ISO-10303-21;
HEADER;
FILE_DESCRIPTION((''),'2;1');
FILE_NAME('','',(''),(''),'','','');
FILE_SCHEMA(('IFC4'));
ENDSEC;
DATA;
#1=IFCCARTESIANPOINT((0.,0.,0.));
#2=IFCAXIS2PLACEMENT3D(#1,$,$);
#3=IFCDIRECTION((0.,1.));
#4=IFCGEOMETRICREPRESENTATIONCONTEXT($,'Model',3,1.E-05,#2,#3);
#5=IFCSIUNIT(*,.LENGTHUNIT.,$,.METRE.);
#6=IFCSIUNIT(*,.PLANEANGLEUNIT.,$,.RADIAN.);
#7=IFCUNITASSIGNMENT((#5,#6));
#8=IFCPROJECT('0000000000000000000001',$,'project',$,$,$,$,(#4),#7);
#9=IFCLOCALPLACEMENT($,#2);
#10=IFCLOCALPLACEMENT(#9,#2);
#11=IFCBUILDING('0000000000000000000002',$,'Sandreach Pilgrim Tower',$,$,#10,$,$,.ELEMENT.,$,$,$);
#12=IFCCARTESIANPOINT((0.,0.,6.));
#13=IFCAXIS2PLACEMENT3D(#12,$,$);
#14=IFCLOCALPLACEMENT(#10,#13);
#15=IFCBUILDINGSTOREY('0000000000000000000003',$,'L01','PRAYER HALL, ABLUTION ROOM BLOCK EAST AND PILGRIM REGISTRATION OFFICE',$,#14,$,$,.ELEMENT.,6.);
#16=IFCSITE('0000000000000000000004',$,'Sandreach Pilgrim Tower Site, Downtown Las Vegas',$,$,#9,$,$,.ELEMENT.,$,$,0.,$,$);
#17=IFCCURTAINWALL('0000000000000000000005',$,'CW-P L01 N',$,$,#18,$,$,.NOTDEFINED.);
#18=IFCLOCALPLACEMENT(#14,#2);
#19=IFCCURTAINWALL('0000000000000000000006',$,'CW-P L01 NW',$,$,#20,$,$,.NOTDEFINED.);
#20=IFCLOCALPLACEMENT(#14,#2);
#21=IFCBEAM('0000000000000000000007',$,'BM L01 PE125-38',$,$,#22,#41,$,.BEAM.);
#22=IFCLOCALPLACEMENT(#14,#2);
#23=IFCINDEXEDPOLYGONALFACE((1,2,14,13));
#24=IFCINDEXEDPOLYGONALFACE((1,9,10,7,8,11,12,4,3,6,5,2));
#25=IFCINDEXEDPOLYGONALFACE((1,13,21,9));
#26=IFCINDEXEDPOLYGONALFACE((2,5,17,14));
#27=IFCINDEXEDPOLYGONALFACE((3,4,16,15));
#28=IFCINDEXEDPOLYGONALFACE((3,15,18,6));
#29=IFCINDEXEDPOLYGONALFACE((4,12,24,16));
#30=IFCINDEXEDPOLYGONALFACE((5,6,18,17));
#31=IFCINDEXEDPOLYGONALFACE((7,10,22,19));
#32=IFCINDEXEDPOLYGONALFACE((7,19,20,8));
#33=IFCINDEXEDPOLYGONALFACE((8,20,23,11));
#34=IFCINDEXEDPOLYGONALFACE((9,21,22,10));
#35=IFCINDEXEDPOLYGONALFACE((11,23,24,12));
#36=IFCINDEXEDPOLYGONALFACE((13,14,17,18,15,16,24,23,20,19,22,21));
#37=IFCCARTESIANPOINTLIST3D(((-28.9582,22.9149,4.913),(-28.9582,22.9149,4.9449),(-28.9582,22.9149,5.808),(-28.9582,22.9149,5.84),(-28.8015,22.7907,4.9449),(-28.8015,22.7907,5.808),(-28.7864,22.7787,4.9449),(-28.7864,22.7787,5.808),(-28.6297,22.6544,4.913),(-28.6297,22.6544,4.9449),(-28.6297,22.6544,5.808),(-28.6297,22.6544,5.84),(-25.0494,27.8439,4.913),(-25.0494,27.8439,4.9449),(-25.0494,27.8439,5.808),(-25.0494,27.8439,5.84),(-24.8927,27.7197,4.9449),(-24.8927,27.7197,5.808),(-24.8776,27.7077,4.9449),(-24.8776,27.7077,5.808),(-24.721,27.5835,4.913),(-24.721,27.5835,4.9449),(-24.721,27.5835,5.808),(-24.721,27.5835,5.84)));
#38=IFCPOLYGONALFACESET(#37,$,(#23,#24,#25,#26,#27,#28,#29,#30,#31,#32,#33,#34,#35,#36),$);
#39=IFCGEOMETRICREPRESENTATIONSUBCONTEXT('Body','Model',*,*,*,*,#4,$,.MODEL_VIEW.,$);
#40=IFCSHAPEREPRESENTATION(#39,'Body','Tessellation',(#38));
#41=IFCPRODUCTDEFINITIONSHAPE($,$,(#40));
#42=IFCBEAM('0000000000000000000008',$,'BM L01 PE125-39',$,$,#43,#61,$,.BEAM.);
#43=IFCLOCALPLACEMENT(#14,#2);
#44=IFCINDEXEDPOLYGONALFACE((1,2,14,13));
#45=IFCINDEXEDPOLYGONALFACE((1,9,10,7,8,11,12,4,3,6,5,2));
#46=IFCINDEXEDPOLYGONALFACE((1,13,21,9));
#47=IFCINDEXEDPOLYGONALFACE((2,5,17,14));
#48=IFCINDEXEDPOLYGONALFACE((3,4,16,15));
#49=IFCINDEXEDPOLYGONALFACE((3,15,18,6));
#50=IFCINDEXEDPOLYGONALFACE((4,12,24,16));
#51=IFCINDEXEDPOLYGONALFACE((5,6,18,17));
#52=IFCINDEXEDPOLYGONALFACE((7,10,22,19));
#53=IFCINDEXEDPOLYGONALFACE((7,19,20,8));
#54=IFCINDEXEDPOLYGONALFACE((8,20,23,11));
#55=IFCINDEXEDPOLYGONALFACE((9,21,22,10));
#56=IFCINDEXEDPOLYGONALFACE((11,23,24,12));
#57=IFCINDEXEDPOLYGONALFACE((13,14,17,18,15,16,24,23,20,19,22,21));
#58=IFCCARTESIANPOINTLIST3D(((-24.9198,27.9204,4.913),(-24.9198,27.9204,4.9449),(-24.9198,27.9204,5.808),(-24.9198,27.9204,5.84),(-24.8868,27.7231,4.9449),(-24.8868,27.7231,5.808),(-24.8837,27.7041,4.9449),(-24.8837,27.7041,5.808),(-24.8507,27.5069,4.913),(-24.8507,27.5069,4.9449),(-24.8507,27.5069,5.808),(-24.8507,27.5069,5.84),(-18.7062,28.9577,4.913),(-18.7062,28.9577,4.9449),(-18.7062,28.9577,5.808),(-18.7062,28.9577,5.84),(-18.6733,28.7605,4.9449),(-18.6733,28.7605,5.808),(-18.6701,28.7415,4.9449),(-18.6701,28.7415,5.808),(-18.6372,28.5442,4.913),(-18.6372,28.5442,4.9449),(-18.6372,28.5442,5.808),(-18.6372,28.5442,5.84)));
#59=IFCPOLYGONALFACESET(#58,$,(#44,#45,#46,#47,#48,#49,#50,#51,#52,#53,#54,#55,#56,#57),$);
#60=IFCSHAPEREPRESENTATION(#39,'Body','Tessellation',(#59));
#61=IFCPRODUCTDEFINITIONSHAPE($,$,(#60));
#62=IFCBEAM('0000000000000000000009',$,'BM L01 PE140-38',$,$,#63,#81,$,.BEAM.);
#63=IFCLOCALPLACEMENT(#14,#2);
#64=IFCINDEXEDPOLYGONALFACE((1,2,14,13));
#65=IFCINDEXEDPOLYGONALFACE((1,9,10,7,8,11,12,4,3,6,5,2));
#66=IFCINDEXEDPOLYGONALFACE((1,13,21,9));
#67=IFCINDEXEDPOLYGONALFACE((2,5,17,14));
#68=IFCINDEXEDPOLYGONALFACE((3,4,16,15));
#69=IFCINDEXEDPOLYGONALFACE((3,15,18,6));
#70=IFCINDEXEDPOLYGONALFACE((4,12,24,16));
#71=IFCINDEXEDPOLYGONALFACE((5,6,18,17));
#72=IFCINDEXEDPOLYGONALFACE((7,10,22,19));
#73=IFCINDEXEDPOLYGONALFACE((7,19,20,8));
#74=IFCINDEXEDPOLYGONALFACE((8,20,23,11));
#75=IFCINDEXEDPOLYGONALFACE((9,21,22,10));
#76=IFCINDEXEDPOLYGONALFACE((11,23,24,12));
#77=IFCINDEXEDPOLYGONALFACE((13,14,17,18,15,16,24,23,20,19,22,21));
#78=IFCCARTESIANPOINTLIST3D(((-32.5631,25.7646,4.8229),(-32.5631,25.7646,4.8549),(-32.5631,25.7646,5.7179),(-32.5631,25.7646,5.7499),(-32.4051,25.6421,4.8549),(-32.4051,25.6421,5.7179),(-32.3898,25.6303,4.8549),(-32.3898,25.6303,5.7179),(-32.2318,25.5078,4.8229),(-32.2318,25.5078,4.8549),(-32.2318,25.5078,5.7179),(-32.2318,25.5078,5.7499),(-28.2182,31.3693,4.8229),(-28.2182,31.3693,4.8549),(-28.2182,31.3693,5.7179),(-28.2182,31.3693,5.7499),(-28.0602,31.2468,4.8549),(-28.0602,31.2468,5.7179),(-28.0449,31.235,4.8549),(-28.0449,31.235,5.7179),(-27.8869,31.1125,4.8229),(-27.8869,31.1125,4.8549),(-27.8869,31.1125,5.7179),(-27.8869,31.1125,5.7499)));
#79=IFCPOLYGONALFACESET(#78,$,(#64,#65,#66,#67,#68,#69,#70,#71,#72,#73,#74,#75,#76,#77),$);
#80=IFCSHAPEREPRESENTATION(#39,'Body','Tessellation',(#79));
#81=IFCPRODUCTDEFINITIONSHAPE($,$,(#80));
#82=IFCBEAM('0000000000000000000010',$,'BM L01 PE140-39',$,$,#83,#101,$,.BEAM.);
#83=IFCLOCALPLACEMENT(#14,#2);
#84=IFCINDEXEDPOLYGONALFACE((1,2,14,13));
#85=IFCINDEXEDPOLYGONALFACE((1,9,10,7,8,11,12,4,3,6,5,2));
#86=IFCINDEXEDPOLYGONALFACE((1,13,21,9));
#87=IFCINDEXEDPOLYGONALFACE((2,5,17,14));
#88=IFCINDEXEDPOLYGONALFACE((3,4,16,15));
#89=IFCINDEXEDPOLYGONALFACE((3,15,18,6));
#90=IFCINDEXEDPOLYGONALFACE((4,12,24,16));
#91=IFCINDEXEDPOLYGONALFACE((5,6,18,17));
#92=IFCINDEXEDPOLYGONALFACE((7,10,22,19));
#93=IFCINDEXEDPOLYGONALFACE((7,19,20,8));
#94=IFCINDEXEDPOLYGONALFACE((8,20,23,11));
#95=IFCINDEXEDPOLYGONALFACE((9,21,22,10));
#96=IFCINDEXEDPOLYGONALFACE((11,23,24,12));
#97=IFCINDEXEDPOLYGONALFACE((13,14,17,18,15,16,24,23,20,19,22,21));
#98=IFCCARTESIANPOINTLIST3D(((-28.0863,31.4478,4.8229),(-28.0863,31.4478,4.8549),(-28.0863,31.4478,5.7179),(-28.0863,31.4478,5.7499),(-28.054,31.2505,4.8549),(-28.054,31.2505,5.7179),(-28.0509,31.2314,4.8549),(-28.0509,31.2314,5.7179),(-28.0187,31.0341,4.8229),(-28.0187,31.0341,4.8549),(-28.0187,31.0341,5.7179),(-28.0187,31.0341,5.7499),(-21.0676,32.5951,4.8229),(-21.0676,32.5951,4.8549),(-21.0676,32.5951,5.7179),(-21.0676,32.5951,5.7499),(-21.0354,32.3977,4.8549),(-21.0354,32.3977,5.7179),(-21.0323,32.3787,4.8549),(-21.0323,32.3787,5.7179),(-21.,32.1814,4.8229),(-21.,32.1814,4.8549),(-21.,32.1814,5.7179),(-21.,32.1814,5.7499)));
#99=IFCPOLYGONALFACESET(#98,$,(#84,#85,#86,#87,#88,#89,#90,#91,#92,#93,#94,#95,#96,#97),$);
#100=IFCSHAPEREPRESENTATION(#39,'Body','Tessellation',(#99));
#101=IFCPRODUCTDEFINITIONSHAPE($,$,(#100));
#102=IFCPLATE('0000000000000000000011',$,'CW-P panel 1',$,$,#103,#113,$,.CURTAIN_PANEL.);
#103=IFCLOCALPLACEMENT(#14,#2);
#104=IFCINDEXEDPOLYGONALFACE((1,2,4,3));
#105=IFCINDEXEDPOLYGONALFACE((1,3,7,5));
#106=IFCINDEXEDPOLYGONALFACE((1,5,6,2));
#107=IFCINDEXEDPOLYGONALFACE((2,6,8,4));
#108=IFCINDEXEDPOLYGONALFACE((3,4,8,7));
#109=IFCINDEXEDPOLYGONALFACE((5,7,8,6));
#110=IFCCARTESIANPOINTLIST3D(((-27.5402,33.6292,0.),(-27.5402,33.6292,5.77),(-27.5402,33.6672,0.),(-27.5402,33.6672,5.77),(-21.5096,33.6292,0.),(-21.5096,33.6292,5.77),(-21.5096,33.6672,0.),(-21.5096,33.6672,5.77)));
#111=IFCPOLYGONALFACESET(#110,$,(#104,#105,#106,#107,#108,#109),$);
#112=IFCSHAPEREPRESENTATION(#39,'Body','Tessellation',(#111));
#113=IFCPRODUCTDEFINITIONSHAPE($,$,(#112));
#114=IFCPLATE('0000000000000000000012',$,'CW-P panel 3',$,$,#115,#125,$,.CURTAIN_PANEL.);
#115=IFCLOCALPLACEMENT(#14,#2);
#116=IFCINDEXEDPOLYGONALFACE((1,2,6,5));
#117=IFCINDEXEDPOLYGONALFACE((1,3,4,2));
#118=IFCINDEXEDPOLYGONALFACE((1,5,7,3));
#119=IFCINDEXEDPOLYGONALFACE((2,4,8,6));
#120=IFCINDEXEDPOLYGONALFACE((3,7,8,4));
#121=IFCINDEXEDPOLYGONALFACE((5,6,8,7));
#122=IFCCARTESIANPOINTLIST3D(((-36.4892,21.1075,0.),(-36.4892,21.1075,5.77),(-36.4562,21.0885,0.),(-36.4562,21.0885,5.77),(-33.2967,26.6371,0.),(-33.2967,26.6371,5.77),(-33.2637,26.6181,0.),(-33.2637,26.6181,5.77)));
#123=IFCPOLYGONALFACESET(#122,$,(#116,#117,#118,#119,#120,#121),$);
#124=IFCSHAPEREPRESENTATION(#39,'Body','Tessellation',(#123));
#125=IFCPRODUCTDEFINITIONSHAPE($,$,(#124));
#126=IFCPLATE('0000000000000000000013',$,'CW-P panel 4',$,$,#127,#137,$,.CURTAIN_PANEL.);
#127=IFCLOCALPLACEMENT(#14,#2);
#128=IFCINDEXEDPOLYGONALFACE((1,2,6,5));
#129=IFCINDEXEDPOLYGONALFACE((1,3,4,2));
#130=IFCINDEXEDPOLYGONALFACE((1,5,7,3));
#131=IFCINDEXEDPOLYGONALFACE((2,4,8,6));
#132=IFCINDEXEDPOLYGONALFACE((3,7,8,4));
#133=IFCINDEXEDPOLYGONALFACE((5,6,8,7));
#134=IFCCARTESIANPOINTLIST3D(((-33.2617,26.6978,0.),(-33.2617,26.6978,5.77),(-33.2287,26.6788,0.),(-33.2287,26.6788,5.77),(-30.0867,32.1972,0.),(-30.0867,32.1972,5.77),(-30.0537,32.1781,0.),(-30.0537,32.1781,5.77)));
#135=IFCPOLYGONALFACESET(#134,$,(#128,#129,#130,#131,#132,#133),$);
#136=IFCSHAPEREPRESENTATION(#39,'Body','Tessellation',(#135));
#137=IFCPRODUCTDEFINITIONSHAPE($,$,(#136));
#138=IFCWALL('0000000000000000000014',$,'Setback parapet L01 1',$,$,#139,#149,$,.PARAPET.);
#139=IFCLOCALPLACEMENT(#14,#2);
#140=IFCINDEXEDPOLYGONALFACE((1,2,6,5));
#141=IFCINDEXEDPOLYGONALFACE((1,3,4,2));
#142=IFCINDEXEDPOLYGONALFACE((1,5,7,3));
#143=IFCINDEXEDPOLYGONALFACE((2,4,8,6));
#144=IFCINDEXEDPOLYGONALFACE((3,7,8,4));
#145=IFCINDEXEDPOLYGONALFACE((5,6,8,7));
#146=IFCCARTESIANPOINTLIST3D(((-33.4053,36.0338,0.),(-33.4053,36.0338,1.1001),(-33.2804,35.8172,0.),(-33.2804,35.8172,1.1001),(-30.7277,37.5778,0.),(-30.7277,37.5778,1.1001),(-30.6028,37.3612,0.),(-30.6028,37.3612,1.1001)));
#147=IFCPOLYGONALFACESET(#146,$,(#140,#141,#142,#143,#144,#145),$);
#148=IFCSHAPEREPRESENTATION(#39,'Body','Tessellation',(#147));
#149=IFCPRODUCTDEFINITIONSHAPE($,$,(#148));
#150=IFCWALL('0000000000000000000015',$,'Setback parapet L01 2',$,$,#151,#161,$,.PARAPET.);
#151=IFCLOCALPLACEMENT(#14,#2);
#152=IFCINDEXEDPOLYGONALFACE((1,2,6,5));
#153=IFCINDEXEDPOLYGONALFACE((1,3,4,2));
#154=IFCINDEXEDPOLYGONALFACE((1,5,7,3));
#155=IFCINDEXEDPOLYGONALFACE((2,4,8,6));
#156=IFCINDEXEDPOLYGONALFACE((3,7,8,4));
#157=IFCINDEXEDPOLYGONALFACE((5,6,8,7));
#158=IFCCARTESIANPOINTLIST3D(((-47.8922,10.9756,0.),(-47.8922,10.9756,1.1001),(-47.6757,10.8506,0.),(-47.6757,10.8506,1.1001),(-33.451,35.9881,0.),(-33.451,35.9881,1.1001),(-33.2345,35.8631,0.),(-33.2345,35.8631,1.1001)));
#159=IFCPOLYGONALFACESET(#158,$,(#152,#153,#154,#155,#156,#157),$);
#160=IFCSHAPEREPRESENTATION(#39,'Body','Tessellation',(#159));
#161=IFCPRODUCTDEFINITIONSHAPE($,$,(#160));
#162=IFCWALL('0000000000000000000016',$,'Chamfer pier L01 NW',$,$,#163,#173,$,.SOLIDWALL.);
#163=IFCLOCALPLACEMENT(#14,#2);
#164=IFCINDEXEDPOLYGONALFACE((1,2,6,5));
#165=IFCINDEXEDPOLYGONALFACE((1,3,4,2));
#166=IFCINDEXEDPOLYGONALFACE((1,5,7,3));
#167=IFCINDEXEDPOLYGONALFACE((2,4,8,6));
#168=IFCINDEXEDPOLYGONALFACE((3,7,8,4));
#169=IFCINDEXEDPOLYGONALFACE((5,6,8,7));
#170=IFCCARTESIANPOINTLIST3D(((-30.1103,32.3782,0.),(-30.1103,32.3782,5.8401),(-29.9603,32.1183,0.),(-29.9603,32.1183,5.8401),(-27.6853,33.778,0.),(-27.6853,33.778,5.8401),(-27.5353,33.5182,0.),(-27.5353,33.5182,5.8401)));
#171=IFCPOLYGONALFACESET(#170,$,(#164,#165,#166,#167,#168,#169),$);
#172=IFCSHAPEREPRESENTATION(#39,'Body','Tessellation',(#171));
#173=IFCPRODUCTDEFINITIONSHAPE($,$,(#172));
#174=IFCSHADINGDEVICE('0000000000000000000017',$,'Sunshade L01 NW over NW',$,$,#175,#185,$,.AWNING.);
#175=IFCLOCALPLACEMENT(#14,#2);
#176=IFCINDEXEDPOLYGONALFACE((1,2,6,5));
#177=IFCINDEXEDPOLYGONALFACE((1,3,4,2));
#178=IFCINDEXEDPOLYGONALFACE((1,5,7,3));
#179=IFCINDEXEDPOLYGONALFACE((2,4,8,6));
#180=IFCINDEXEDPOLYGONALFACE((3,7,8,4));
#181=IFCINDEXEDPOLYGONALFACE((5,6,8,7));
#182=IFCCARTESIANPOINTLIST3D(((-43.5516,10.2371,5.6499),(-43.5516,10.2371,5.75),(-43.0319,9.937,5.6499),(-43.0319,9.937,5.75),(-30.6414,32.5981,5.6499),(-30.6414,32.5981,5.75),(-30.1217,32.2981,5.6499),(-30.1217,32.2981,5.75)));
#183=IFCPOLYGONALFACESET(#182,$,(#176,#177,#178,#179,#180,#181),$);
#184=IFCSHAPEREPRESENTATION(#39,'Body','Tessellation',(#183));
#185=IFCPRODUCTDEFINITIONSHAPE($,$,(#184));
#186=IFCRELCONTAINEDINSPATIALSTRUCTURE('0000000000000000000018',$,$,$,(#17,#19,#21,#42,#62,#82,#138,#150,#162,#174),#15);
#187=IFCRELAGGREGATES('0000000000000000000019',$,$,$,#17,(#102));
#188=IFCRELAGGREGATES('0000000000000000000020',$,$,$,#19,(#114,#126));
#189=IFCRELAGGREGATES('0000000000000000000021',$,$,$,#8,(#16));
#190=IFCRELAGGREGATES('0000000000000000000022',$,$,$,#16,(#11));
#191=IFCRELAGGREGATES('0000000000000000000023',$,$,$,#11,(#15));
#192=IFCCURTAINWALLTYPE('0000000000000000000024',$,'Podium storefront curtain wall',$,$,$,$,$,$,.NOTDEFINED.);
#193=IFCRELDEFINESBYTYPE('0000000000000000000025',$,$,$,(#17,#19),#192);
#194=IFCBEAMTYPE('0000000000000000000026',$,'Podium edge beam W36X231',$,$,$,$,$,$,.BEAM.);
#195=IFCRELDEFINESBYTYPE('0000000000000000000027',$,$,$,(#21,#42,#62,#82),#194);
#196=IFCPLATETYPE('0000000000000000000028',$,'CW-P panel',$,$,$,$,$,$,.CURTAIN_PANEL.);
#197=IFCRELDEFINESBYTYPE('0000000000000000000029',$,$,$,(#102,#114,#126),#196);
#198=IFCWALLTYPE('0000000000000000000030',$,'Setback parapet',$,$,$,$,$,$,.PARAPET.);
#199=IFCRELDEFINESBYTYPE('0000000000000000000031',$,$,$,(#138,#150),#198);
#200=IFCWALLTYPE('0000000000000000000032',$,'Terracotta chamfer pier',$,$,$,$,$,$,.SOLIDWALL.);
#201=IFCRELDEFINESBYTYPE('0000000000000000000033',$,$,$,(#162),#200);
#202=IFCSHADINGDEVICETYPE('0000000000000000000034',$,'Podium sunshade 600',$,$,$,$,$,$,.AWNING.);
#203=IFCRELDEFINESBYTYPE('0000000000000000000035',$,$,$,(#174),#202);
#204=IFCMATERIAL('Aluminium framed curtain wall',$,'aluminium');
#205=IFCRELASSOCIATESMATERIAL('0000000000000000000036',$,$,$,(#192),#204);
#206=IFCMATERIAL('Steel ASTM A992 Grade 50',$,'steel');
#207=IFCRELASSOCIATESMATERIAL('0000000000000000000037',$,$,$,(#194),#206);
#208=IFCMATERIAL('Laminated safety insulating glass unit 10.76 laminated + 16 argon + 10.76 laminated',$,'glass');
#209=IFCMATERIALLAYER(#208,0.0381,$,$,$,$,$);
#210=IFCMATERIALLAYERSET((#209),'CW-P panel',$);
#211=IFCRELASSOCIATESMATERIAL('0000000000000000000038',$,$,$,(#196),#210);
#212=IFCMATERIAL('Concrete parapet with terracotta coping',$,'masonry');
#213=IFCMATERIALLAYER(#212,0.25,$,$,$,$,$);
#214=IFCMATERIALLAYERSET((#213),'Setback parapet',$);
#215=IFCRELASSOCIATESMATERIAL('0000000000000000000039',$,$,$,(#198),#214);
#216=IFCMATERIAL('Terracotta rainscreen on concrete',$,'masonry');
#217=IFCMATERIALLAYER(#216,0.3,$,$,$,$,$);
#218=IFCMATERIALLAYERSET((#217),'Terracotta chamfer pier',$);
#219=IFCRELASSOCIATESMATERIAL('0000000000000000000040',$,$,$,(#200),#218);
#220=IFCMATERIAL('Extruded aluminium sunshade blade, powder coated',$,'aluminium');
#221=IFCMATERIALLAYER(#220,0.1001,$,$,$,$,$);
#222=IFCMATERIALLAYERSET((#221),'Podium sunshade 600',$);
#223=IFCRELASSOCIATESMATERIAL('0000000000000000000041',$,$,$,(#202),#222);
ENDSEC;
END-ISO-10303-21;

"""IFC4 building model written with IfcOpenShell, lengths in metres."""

from ifc_helpers import new_model, si_unit, direction, frame, frame_2d, origin, origin_2d, place, context, subcontext, project, spatial, rectangle, i_section, extrude, material, layer, layer_set, material_profile, profile_set, type_object, element, aggregate, save


model = new_model("IFC4")

# Units and contexts
model_context = context("Model", 3, precision=1e-05, world=origin(), true_north=direction((0.0, 1.0)))
body_context = subcontext(model_context, "Body", "Model", "MODEL_VIEW")
ifc_project = project(units=[si_unit("LENGTHUNIT", "METRE"), si_unit("PLANEANGLEUNIT", "RADIAN")], contexts=[model_context])

# Site, building, storey
site_placement = place(None, origin())
site = spatial("IfcSite", under=ifc_project, at=site_placement, Name="Sandreach Pilgrim Tower Site, Downtown Las Vegas", CompositionType="ELEMENT", RefElevation=0.0)
building_placement = place(site_placement, origin())
building = spatial("IfcBuilding", under=site, at=building_placement, Name="Sandreach Pilgrim Tower", CompositionType="ELEMENT")
storey_placement = place(building_placement, frame((0.0, 0.0, 6.0)))
storey = spatial("IfcBuildingStorey", under=building, at=storey_placement, Name="L01", Description="PRAYER HALL, ABLUTION ROOM BLOCK EAST AND PILGRIM REGISTRATION OFFICE", CompositionType="ELEMENT", Elevation=6.0)

# Curtain wall
ifc_material_1 = material(Name="Aluminium framed curtain wall", Category="aluminium")
curtain_wall_type = type_object("IfcCurtainWallType", Name="Podium storefront curtain wall", PredefinedType="NOTDEFINED", material=ifc_material_1)
curtain_wall_1_placement = place(storey_placement, origin())
curtain_wall_1 = element("IfcCurtainWall", 1, at=curtain_wall_1_placement, inside=storey, type_object=curtain_wall_type, Name="CW-P L01 N", PredefinedType="NOTDEFINED")

# Curtain wall
curtain_wall_2_placement = place(storey_placement, origin())
curtain_wall_2 = element("IfcCurtainWall", 2, at=curtain_wall_2_placement, inside=storey, type_object=curtain_wall_type, Name="CW-P L01 NW", PredefinedType="NOTDEFINED")

# Beams
ifc_material_2 = material(Name="Steel ASTM A992 Grade 50", Category="steel")
ifc_material_profile_1 = material_profile(ifc_material_2, i_section(OverallWidth=0.4192, OverallDepth=0.927, WebThickness=0.0193, FlangeThickness=0.032, at=origin_2d()), Name="W36X231")
ifc_profile_set_1 = profile_set([ifc_material_profile_1], Name="Steel ASTM A992 Grade 50")
beam_type_1 = type_object("IfcBeamType", Name="Podium edge beam W36X231", PredefinedType="BEAM", material=ifc_profile_set_1)
beam_1_placement = place(storey_placement, frame((-28.7939, 22.7847, 5.3765), z_axis=(0.621348, 0.783535, 0.0), x_axis=(-0.783535, 0.621348, 0.0)))
element("IfcBeam", 3, at=beam_1_placement, inside=storey, type_object=beam_type_1, Name="BM L01 PE125-38", PredefinedType="BEAM", context=body_context, shape_type="SweptSolid", body=[
    extrude(i_section(OverallWidth=0.4192, OverallDepth=0.927, WebThickness=0.0193, FlangeThickness=0.032, at=origin_2d()), origin(), (0.0, 0.0, 1.0), 6.2908),
])
beam_2_placement = place(storey_placement, frame((-24.8853, 27.7136, 5.3765), z_axis=(0.986349, 0.164669, 0.0), x_axis=(-0.164669, 0.986349, 0.0)))
element("IfcBeam", 4, at=beam_2_placement, inside=storey, type_object=beam_type_1, Name="BM L01 PE125-39", PredefinedType="BEAM", context=body_context, shape_type="SweptSolid", body=[
    extrude(i_section(OverallWidth=0.4192, OverallDepth=0.927, WebThickness=0.0193, FlangeThickness=0.032, at=origin_2d()), origin(), (0.0, 0.0, 1.0), 6.2996),
])
beam_3_placement = place(storey_placement, frame((-32.3975, 25.6362, 5.2864), z_axis=(0.612686, 0.790326, 0.0), x_axis=(-0.790326, 0.612686, 0.0)))
element("IfcBeam", 5, at=beam_3_placement, inside=storey, type_object=beam_type_1, Name="BM L01 PE140-38", PredefinedType="BEAM", context=body_context, shape_type="SweptSolid", body=[
    extrude(i_section(OverallWidth=0.4192, OverallDepth=0.927, WebThickness=0.0193, FlangeThickness=0.032, at=origin_2d()), origin(), (0.0, 0.0, 1.0), 7.0916),
])
beam_4_placement = place(storey_placement, frame((-28.0525, 31.241, 5.2864), z_axis=(0.986903, 0.161314, 0.0), x_axis=(-0.161314, 0.986903, 0.0)))
element("IfcBeam", 6, at=beam_4_placement, inside=storey, type_object=beam_type_1, Name="BM L01 PE140-39", PredefinedType="BEAM", context=body_context, shape_type="SweptSolid", body=[
    extrude(i_section(OverallWidth=0.4192, OverallDepth=0.927, WebThickness=0.0193, FlangeThickness=0.032, at=origin_2d()), origin(), (0.0, 0.0, 1.0), 7.1118),
])

# Plates
ifc_material_3 = material(Name="Laminated safety insulating glass unit 10.76 laminated + 16 argon + 10.76 laminated", Category="glass")
ifc_layer_1 = layer(ifc_material_3, 0.0381)
ifc_layer_set_1 = layer_set([ifc_layer_1], Name="CW-P panel")
plate_type = type_object("IfcPlateType", Name="CW-P panel", PredefinedType="CURTAIN_PANEL", material=ifc_layer_set_1)
plate_1_placement = place(storey_placement, frame((-24.5249, 33.6482, 0.0), z_axis=(0.0, 0.0, 1.0), x_axis=(1.0, 0.0, 0.0)))
plate_1 = element("IfcPlate", 7, at=plate_1_placement, type_object=plate_type, Name="CW-P panel 1", PredefinedType="CURTAIN_PANEL", context=body_context, shape_type="SweptSolid", body=[
    extrude(rectangle(XDim=6.0305, YDim=0.0381, at=origin_2d()), origin(), (0.0, 0.0, 1.0), 5.77),
])
aggregate(curtain_wall_1, [plate_1])
plate_2_placement = place(storey_placement, frame((-34.8765, 23.8628, 0.0), z_axis=(0.0, 0.0, 1.0), x_axis=(0.5, 0.866025, 0.0)))
plate_2 = element("IfcPlate", 8, at=plate_2_placement, type_object=plate_type, Name="CW-P panel 3", PredefinedType="CURTAIN_PANEL", context=body_context, shape_type="SweptSolid", body=[
    extrude(rectangle(XDim=6.385, YDim=0.0381, at=origin_2d()), origin(), (0.0, 0.0, 1.0), 5.77),
])
plate_3_placement = place(storey_placement, frame((-31.6577, 29.438, 0.0), z_axis=(0.0, 0.0, 1.0), x_axis=(0.5, 0.866025, 0.0)))
plate_3 = element("IfcPlate", 9, at=plate_3_placement, type_object=plate_type, Name="CW-P panel 4", PredefinedType="CURTAIN_PANEL", context=body_context, shape_type="SweptSolid", body=[
    extrude(rectangle(XDim=6.3501, YDim=0.0381, at=origin_2d()), origin(), (0.0, 0.0, 1.0), 5.77),
])
aggregate(curtain_wall_2, [plate_2, plate_3])

# Walls
ifc_material_4 = material(Name="Concrete parapet with terracotta coping", Category="masonry")
ifc_layer_2 = layer(ifc_material_4, 0.25)
ifc_layer_set_2 = layer_set([ifc_layer_2], Name="Setback parapet")
wall_type_1 = type_object("IfcWallType", Name="Setback parapet", PredefinedType="PARAPET", material=ifc_layer_set_2)
wall_1_placement = place(storey_placement, frame((-30.6653, 37.4695, 0.0), z_axis=(0.0, 0.0, 1.0), x_axis=(-0.866292, -0.499538, 0.0)))
element("IfcWall", 10, at=wall_1_placement, inside=storey, type_object=wall_type_1, Name="Setback parapet L01 1", PredefinedType="PARAPET", context=body_context, shape_type="SweptSolid", body=[
    extrude(rectangle(XDim=3.0908, YDim=0.25, at=frame_2d((1.5454, 0.0))), origin(), (0.0, 0.0, 1.0), 1.1001),
])
wall_2_placement = place(storey_placement, frame((-33.3428, 35.9255, 0.0), z_axis=(0.0, 0.0, 1.0), x_axis=(-0.500006, -0.866022, 0.0)))
element("IfcWall", 11, at=wall_2_placement, inside=storey, type_object=wall_type_1, Name="Setback parapet L01 2", PredefinedType="PARAPET", context=body_context, shape_type="SweptSolid", body=[
    extrude(rectangle(XDim=28.8821, YDim=0.25, at=frame_2d((14.4409, 0.0))), origin(), (0.0, 0.0, 1.0), 1.1001),
])
ifc_material_5 = material(Name="Terracotta rainscreen on concrete", Category="masonry")
ifc_layer_3 = layer(ifc_material_5, 0.3)
ifc_layer_set_3 = layer_set([ifc_layer_3], Name="Terracotta chamfer pier")
wall_type_2 = type_object("IfcWallType", Name="Terracotta chamfer pier", PredefinedType="SOLIDWALL", material=ifc_layer_set_3)
wall_3_placement = place(storey_placement, frame((-30.0352, 32.2483, 0.0), z_axis=(0.0, 0.0, 1.0), x_axis=(0.866056, 0.499946, 0.0)))
element("IfcWall", 12, at=wall_3_placement, inside=storey, type_object=wall_type_2, Name="Chamfer pier L01 NW", PredefinedType="SOLIDWALL", context=body_context, shape_type="SweptSolid", body=[
    extrude(rectangle(XDim=2.8, YDim=0.3, at=frame_2d((1.3999, 0.0))), origin(), (0.0, 0.0, 1.0), 5.8401),
])

# Shading device
ifc_material_6 = material(Name="Extruded aluminium sunshade blade, powder coated", Category="aluminium")
ifc_layer_4 = layer(ifc_material_6, 0.1001)
ifc_layer_set_4 = layer_set([ifc_layer_4], Name="Podium sunshade 600")
shading_device_type = type_object("IfcShadingDeviceType", Name="Podium sunshade 600", PredefinedType="AWNING", material=ifc_layer_set_4)
shading_device_placement = place(storey_placement, frame((-36.8367, 21.2676, 5.6499), z_axis=(0.0, 0.0, 1.0), x_axis=(0.5, 0.866025, 0.0)))
element("IfcShadingDevice", 13, at=shading_device_placement, inside=storey, type_object=shading_device_type, Name="Sunshade L01 NW over NW", PredefinedType="AWNING", context=body_context, shape_type="SweptSolid", body=[
    extrude(rectangle(XDim=25.8203, YDim=0.6001, at=origin_2d()), origin(), (0.0, 0.0, 1.0), 0.1001),
])

save(model, "model.ifc")
